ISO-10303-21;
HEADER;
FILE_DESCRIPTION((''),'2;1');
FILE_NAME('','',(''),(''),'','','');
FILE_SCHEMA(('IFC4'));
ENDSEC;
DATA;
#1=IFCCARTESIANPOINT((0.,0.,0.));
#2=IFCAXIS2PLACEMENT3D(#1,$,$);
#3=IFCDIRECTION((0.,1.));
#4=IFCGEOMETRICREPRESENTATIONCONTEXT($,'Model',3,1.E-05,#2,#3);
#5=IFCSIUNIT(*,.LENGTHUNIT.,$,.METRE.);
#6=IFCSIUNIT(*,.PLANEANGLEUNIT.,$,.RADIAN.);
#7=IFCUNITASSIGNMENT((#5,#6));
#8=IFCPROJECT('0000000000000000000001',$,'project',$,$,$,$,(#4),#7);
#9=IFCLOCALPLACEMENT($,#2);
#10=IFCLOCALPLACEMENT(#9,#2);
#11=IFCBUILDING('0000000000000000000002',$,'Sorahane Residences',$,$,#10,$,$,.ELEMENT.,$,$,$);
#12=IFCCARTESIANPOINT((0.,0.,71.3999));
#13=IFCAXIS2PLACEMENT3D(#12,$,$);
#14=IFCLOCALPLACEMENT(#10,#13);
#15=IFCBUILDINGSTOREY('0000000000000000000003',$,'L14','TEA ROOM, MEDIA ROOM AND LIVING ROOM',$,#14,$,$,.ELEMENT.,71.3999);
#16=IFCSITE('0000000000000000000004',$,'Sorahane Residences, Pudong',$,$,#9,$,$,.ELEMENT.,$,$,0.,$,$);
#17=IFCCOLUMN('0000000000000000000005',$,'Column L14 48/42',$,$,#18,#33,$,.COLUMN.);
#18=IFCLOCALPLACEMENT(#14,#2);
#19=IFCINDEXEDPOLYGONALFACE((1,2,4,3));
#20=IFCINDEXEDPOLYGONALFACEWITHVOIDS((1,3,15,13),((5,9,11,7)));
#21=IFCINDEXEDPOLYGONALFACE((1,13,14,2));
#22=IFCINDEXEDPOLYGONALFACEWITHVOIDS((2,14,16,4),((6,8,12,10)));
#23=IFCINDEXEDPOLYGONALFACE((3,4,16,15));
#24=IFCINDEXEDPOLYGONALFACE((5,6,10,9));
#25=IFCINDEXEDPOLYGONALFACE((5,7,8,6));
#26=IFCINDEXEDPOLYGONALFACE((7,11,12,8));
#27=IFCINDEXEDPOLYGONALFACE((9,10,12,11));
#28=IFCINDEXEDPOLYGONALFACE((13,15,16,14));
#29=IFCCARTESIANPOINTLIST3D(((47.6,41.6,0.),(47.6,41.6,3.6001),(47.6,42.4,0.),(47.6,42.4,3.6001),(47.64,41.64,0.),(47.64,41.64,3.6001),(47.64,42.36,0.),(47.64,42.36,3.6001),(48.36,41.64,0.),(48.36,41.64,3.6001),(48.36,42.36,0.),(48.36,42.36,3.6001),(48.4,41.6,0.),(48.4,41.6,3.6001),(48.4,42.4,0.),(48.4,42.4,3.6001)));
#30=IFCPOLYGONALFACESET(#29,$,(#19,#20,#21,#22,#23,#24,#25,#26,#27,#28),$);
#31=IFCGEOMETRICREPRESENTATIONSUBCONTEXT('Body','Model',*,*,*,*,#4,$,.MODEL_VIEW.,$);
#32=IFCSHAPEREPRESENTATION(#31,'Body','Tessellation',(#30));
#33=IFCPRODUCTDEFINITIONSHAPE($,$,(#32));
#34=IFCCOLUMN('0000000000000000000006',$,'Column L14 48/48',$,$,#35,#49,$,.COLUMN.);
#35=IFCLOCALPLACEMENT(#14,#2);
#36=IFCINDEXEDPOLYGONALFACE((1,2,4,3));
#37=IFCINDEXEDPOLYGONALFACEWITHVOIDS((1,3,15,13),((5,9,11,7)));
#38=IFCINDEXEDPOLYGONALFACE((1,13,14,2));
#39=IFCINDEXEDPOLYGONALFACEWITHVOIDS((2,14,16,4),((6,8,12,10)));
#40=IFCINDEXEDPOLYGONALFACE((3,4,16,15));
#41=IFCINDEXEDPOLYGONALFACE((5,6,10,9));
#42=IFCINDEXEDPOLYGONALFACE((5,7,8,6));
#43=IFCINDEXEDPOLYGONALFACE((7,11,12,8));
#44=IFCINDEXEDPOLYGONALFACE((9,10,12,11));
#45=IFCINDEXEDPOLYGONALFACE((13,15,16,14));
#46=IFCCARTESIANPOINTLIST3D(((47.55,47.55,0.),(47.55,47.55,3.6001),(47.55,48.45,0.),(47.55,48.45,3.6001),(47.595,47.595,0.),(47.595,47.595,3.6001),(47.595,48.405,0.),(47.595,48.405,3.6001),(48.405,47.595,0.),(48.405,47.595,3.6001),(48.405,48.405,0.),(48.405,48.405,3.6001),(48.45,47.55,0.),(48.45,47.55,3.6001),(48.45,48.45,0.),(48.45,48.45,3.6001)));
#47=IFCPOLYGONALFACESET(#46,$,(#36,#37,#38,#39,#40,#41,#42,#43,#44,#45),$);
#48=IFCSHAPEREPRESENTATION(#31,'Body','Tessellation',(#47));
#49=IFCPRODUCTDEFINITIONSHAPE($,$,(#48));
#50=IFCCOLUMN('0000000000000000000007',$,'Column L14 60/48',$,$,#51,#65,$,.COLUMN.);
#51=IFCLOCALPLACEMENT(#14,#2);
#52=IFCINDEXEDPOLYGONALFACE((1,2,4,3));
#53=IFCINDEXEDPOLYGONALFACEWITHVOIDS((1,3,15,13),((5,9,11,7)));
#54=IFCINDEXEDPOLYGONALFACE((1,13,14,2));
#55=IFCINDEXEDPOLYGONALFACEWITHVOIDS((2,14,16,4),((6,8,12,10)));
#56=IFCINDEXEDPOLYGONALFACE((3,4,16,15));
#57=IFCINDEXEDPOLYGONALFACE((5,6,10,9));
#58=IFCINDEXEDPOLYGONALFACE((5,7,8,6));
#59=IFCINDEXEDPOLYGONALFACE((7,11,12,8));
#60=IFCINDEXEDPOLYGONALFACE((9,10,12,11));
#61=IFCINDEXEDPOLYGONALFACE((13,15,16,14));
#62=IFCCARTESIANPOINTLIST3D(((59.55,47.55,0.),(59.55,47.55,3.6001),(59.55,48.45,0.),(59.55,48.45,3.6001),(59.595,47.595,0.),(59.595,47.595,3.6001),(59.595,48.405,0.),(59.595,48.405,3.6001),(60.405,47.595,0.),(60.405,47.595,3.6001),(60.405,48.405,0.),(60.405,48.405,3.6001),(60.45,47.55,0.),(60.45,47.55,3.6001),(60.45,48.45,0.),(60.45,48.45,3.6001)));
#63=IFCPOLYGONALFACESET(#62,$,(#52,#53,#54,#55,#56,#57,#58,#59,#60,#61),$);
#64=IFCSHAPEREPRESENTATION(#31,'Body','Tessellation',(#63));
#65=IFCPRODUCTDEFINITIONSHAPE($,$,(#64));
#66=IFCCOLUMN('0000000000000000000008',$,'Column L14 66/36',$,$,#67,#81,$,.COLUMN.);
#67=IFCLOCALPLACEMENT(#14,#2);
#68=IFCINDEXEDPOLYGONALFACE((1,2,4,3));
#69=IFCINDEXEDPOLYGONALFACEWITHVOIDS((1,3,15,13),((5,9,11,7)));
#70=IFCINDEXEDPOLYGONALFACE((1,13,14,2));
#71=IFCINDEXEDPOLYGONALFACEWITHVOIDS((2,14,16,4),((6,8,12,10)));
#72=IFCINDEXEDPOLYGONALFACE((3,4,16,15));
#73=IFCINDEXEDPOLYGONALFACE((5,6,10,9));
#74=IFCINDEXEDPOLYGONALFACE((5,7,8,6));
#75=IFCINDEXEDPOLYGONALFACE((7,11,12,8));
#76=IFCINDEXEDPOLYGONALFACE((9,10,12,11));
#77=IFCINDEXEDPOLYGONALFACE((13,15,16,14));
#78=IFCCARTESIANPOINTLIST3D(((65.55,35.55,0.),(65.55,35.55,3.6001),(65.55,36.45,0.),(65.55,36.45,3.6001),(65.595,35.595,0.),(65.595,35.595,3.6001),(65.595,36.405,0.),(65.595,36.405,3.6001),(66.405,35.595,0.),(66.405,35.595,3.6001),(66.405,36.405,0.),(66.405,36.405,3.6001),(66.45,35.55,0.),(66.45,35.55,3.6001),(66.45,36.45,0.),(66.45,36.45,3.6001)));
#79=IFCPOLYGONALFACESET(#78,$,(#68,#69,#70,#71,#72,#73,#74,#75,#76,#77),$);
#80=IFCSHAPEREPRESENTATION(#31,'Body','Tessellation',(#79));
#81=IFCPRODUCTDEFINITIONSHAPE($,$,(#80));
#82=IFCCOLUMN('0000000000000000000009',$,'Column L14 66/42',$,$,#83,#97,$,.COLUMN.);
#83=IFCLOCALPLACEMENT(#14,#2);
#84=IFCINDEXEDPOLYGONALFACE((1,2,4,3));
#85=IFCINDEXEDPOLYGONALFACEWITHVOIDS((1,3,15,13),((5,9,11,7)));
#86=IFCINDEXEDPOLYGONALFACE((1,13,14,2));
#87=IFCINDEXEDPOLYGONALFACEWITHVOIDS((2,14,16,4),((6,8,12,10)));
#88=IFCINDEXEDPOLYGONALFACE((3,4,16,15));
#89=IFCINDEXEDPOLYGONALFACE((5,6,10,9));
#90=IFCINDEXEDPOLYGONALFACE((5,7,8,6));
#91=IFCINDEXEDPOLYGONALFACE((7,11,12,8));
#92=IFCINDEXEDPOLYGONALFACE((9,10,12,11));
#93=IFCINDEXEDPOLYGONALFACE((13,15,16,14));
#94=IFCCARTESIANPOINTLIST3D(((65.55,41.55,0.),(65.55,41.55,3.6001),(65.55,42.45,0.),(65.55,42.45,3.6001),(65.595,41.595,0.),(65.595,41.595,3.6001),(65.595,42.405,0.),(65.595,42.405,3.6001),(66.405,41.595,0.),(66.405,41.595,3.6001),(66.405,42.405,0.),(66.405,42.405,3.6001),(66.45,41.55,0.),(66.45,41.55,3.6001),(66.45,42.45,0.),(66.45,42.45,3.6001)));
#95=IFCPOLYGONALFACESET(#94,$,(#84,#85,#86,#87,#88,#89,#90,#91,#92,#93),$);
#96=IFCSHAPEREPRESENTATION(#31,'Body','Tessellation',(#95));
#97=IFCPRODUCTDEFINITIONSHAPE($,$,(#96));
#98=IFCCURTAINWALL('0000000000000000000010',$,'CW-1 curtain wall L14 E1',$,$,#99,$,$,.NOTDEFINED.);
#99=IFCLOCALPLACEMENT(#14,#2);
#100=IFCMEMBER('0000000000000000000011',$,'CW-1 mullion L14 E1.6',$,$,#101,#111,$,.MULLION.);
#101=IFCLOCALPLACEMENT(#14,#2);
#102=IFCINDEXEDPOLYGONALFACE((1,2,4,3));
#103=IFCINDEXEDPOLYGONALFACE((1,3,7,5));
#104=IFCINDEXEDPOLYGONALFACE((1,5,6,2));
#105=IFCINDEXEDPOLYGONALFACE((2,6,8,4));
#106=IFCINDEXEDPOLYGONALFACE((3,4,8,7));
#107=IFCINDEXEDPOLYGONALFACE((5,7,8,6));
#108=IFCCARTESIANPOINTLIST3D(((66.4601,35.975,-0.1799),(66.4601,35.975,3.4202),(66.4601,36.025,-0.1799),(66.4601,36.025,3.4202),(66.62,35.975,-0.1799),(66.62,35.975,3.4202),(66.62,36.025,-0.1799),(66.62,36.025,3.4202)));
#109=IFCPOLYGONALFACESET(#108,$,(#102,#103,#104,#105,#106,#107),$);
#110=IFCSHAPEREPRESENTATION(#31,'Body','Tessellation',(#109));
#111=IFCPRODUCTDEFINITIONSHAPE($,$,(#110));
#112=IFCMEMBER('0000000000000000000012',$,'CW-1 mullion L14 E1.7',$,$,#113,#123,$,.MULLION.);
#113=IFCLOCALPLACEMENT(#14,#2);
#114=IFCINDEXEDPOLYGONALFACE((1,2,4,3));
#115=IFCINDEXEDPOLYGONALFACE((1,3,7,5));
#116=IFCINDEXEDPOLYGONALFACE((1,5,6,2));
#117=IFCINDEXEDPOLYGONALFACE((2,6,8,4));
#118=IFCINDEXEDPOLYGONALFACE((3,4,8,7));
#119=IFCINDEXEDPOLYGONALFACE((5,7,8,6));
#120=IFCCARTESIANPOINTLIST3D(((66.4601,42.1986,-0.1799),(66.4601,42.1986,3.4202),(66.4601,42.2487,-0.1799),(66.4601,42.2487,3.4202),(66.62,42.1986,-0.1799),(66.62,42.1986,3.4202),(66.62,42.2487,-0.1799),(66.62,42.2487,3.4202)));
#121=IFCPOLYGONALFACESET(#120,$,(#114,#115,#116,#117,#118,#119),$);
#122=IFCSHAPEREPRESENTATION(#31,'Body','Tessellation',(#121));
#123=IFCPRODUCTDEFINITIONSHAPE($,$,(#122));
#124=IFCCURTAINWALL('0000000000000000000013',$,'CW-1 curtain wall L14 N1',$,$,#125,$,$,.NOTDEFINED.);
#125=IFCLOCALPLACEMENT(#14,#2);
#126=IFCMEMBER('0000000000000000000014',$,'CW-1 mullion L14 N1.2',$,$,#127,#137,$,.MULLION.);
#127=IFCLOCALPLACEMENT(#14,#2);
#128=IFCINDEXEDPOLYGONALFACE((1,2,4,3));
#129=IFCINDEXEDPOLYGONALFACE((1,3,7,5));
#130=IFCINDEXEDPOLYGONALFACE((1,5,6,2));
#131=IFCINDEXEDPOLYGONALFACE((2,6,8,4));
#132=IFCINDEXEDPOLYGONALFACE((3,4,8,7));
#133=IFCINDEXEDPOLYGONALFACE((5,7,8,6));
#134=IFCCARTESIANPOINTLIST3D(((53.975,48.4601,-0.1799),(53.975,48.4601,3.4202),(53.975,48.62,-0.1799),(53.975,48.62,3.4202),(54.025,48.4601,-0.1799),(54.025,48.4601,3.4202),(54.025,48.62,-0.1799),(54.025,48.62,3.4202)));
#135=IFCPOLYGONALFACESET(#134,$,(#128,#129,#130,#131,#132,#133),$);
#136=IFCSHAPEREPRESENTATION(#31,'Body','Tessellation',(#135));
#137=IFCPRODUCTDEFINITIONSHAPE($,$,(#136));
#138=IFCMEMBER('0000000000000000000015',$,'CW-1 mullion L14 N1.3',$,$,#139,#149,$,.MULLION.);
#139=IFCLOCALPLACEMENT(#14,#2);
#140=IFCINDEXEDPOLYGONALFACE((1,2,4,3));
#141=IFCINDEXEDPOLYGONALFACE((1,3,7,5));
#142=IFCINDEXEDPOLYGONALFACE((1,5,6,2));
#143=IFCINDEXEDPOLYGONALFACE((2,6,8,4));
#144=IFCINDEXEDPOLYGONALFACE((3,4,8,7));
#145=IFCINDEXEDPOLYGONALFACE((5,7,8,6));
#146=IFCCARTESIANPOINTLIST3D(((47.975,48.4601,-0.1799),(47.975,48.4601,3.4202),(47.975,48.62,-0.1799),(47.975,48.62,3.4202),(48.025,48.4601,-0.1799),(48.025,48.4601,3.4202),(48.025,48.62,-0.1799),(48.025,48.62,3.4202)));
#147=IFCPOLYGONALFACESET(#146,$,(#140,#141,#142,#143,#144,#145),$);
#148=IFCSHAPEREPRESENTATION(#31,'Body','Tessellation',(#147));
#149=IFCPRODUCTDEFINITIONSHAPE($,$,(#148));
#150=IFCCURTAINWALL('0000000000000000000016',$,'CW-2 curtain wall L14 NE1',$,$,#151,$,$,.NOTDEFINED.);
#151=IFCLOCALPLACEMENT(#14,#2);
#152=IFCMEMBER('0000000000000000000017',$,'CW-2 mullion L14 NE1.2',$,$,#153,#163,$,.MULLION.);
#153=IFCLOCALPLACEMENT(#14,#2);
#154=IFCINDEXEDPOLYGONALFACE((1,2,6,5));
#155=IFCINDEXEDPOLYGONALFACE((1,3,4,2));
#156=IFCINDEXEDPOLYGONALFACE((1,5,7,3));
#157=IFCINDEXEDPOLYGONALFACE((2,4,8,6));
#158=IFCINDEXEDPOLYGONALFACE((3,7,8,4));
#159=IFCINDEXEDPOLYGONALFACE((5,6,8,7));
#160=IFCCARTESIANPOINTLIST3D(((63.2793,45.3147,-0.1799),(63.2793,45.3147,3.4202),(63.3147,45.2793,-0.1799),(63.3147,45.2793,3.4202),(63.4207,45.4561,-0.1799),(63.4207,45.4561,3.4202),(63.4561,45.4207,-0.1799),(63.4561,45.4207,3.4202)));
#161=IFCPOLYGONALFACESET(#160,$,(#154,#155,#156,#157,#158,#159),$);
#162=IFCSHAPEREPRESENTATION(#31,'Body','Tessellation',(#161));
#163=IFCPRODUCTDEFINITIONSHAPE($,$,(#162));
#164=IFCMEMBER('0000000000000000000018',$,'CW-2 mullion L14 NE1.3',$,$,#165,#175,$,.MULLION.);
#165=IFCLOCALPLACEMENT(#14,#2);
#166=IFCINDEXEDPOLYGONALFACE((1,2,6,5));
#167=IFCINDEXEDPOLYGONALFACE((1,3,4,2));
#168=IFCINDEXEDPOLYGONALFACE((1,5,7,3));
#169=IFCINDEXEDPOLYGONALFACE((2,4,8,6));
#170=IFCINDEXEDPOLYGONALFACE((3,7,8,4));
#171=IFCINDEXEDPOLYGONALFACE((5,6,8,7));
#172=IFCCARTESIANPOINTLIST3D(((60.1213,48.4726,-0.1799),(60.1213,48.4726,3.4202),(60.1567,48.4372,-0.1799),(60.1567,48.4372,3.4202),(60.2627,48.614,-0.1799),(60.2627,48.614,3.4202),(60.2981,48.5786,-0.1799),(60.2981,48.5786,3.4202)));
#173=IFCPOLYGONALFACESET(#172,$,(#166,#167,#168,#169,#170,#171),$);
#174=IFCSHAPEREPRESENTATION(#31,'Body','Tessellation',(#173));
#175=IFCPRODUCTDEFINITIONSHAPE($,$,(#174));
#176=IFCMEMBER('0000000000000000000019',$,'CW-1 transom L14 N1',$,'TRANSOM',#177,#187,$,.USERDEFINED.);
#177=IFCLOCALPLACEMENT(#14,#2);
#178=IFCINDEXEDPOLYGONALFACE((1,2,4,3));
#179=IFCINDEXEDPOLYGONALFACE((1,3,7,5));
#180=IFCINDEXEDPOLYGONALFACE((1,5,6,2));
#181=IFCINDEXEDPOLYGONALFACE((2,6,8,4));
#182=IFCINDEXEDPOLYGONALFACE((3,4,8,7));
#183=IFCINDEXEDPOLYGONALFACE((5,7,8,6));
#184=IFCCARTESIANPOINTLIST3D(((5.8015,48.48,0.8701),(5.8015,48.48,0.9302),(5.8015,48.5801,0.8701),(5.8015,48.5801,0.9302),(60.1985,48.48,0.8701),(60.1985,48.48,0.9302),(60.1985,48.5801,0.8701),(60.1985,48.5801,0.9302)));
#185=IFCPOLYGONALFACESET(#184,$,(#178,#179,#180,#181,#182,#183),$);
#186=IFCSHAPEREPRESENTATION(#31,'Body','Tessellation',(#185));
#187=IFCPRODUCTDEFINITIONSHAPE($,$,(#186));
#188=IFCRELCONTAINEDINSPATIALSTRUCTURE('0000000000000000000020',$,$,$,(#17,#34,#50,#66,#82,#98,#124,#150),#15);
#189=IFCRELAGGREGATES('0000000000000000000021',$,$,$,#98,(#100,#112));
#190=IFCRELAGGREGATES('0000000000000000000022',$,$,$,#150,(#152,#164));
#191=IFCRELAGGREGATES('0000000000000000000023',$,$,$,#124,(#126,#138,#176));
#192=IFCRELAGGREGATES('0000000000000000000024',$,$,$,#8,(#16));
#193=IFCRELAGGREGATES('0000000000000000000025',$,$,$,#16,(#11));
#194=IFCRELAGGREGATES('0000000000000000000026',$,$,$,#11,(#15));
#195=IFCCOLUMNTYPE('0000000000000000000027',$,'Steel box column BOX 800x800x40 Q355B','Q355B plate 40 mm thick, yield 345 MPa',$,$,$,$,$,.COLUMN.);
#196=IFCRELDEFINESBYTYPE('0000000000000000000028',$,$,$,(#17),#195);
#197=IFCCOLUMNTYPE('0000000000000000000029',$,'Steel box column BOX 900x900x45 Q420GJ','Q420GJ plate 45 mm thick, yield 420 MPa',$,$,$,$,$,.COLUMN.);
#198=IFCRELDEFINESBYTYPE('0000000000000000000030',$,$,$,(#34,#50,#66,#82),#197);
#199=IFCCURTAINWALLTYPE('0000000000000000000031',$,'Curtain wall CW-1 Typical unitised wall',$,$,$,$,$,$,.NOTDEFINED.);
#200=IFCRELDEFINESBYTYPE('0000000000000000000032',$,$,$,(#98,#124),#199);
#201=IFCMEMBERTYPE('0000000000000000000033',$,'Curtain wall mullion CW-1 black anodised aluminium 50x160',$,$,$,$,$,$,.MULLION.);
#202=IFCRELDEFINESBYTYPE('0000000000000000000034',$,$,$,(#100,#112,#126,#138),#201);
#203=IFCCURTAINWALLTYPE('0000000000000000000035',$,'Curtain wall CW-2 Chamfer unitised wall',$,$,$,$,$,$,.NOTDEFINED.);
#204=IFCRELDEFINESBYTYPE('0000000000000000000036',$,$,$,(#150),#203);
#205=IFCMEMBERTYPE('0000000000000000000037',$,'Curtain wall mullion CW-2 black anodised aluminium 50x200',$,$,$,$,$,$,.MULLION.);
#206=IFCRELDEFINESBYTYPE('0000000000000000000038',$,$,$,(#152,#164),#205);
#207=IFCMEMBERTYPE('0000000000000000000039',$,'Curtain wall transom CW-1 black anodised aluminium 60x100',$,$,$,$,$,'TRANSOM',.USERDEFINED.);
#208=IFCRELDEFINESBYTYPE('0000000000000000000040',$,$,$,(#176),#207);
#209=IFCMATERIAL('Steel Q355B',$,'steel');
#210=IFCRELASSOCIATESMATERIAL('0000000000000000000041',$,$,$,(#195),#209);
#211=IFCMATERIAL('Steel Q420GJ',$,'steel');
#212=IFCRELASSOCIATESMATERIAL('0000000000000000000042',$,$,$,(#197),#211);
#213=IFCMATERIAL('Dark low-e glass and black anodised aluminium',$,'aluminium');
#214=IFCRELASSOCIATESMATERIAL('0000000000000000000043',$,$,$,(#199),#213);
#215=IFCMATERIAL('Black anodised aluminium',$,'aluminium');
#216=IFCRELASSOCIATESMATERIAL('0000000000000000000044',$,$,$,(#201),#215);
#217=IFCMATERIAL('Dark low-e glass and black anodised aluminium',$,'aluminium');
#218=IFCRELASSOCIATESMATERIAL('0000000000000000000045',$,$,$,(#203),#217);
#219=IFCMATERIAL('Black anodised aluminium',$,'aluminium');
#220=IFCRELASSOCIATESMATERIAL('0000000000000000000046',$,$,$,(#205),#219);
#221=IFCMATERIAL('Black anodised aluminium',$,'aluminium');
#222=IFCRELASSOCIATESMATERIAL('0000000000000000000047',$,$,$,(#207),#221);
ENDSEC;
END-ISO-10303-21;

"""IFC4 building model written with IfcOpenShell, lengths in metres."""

from ifc_helpers import new_model, si_unit, direction, frame, origin, origin_2d, place, context, subcontext, project, spatial, rectangle, hollow_rectangle, extrude, material, material_profile, profile_set, type_object, element, aggregate, save


model = new_model("IFC4")

# Units and contexts
model_context = context("Model", 3, precision=1e-05, world=origin(), true_north=direction((0.0, 1.0)))
body_context = subcontext(model_context, "Body", "Model", "MODEL_VIEW")
ifc_project = project(units=[si_unit("LENGTHUNIT", "METRE"), si_unit("PLANEANGLEUNIT", "RADIAN")], contexts=[model_context])

# Site, building, storey
site_placement = place(None, origin())
site = spatial("IfcSite", under=ifc_project, at=site_placement, Name="Sorahane Residences, Pudong", CompositionType="ELEMENT", RefElevation=0.0)
building_placement = place(site_placement, origin())
building = spatial("IfcBuilding", under=site, at=building_placement, Name="Sorahane Residences", CompositionType="ELEMENT")
storey_placement = place(building_placement, frame((0.0, 0.0, 71.3999)))
storey = spatial("IfcBuildingStorey", under=building, at=storey_placement, Name="L14", Description="TEA ROOM, MEDIA ROOM AND LIVING ROOM", CompositionType="ELEMENT", Elevation=71.3999)

# Columns
ifc_material_1 = material(Name="Steel Q355B", Category="steel")
ifc_material_profile_1 = material_profile(ifc_material_1, hollow_rectangle(XDim=0.8, YDim=0.8, WallThickness=0.04, at=origin_2d()), Name="BOX 800x800x40")
ifc_profile_set_1 = profile_set([ifc_material_profile_1], Name="Steel Q355B")
column_type_1 = type_object("IfcColumnType", Name="Steel box column BOX 800x800x40 Q355B", Description="Q355B plate 40 mm thick, yield 345 MPa", PredefinedType="COLUMN", material=ifc_profile_set_1)
column_placement = place(storey_placement, frame((48.0, 42.0, 0.0), z_axis=(0.0, 0.0, 1.0), x_axis=(1.0, 0.0, 0.0)))
element("IfcColumn", 1, at=column_placement, inside=storey, type_object=column_type_1, Name="Column L14 48/42", PredefinedType="COLUMN", context=body_context, shape_type="SweptSolid", body=[
    extrude(hollow_rectangle(XDim=0.8, YDim=0.8, WallThickness=0.04, at=origin_2d()), origin(), (0.0, 0.0, 1.0), 3.6001),
])
ifc_material_2 = material(Name="Steel Q420GJ", Category="steel")
ifc_material_profile_2 = material_profile(ifc_material_2, hollow_rectangle(XDim=0.8999, YDim=0.8999, WallThickness=0.0449, at=origin_2d()), Name="BOX 900x900x45")
ifc_profile_set_2 = profile_set([ifc_material_profile_2], Name="Steel Q420GJ")
column_type_2 = type_object("IfcColumnType", Name="Steel box column BOX 900x900x45 Q420GJ", Description="Q420GJ plate 45 mm thick, yield 420 MPa", PredefinedType="COLUMN", material=ifc_profile_set_2)
for number, where, z_axis, x_axis, name in (
    (2, (48.0, 48.0, 0.0), (0.0, 0.0, 1.0), (1.0, 0.0, 0.0), "Column L14 48/48"),
    (3, (60.0, 48.0, 0.0), (0.0, 0.0, 1.0), (1.0, 0.0, 0.0), "Column L14 60/48"),
    (4, (66.0, 36.0, 0.0), (0.0, 0.0, 1.0), (1.0, 0.0, 0.0), "Column L14 66/36"),
    (5, (66.0, 42.0, 0.0), (0.0, 0.0, 1.0), (1.0, 0.0, 0.0), "Column L14 66/42"),
):
    element("IfcColumn", number, at=place(storey_placement, frame(where, z_axis=z_axis, x_axis=x_axis)), inside=storey, type_object=column_type_2, Name=name, PredefinedType="COLUMN", context=body_context, shape_type="SweptSolid", body=[
        extrude(hollow_rectangle(XDim=0.8999, YDim=0.8999, WallThickness=0.0449, at=origin_2d()), origin(), (0.0, 0.0, 1.0), 3.6001),
    ])

# Curtain walls, members
ifc_material_3 = material(Name="Dark low-e glass and black anodised aluminium", Category="aluminium")
curtain_wall_type_1 = type_object("IfcCurtainWallType", Name="Curtain wall CW-1 Typical unitised wall", PredefinedType="NOTDEFINED", material=ifc_material_3)
curtain_wall_1_placement = place(storey_placement, origin())
curtain_wall_1 = element("IfcCurtainWall", 6, at=curtain_wall_1_placement, inside=storey, type_object=curtain_wall_type_1, Name="CW-1 curtain wall L14 E1", PredefinedType="NOTDEFINED")
ifc_material_4 = material(Name="Black anodised aluminium", Category="aluminium")
ifc_material_profile_3 = material_profile(ifc_material_4, rectangle(XDim=0.1599, YDim=0.05, at=origin_2d()), Name="Curtain wall mullion CW-1 black anodised aluminium 50x160")
ifc_profile_set_3 = profile_set([ifc_material_profile_3], Name="Black anodised aluminium")
member_type_1 = type_object("IfcMemberType", Name="Curtain wall mullion CW-1 black anodised aluminium 50x160", PredefinedType="MULLION", material=ifc_profile_set_3)
member_1_placement = place(storey_placement, frame((66.54, 36.0, -0.1799), z_axis=(0.0, 0.0, 1.0), x_axis=(1.0, 0.0, 0.0)))
member_1 = element("IfcMember", 7, at=member_1_placement, type_object=member_type_1, Name="CW-1 mullion L14 E1.6", PredefinedType="MULLION", context=body_context, shape_type="SweptSolid", body=[
    extrude(rectangle(XDim=0.1599, YDim=0.05, at=origin_2d()), origin(), (0.0, 0.0, 1.0), 3.6001),
])
member_2_placement = place(storey_placement, frame((66.54, 42.2236, -0.1799), z_axis=(0.0, 0.0, 1.0), x_axis=(1.0, 0.0, 0.0)))
member_2 = element("IfcMember", 8, at=member_2_placement, type_object=member_type_1, Name="CW-1 mullion L14 E1.7", PredefinedType="MULLION", context=body_context, shape_type="SweptSolid", body=[
    extrude(rectangle(XDim=0.1599, YDim=0.05, at=origin_2d()), origin(), (0.0, 0.0, 1.0), 3.6001),
])
curtain_wall_2_placement = place(storey_placement, origin())
curtain_wall_2 = element("IfcCurtainWall", 9, at=curtain_wall_2_placement, inside=storey, type_object=curtain_wall_type_1, Name="CW-1 curtain wall L14 N1", PredefinedType="NOTDEFINED")
member_3_placement = place(storey_placement, frame((54.0, 48.54, -0.1799), z_axis=(0.0, 0.0, 1.0), x_axis=(0.0, 1.0, 0.0)))
member_3 = element("IfcMember", 10, at=member_3_placement, type_object=member_type_1, Name="CW-1 mullion L14 N1.2", PredefinedType="MULLION", context=body_context, shape_type="SweptSolid", body=[
    extrude(rectangle(XDim=0.1599, YDim=0.05, at=origin_2d()), origin(), (0.0, 0.0, 1.0), 3.6001),
])
member_4_placement = place(storey_placement, frame((48.0, 48.54, -0.1799), z_axis=(0.0, 0.0, 1.0), x_axis=(0.0, 1.0, 0.0)))
member_4 = element("IfcMember", 11, at=member_4_placement, type_object=member_type_1, Name="CW-1 mullion L14 N1.3", PredefinedType="MULLION", context=body_context, shape_type="SweptSolid", body=[
    extrude(rectangle(XDim=0.1599, YDim=0.05, at=origin_2d()), origin(), (0.0, 0.0, 1.0), 3.6001),
])
ifc_material_5 = material(Name="Dark low-e glass and black anodised aluminium", Category="aluminium")
curtain_wall_type_2 = type_object("IfcCurtainWallType", Name="Curtain wall CW-2 Chamfer unitised wall", PredefinedType="NOTDEFINED", material=ifc_material_5)
curtain_wall_3_placement = place(storey_placement, origin())
curtain_wall_3 = element("IfcCurtainWall", 12, at=curtain_wall_3_placement, inside=storey, type_object=curtain_wall_type_2, Name="CW-2 curtain wall L14 NE1", PredefinedType="NOTDEFINED")
ifc_material_6 = material(Name="Black anodised aluminium", Category="aluminium")
ifc_material_profile_4 = material_profile(ifc_material_6, rectangle(XDim=0.2, YDim=0.05, at=origin_2d()), Name="Curtain wall mullion CW-2 black anodised aluminium 50x200")
ifc_profile_set_4 = profile_set([ifc_material_profile_4], Name="Black anodised aluminium")
member_type_2 = type_object("IfcMemberType", Name="Curtain wall mullion CW-2 black anodised aluminium 50x200", PredefinedType="MULLION", material=ifc_profile_set_4)
member_5_placement = place(storey_placement, frame((63.3677, 45.3677, -0.1799), z_axis=(0.0, 0.0, 1.0), x_axis=(0.707107, 0.707107, 0.0)))
member_5 = element("IfcMember", 13, at=member_5_placement, type_object=member_type_2, Name="CW-2 mullion L14 NE1.2", PredefinedType="MULLION", context=body_context, shape_type="SweptSolid", body=[
    extrude(rectangle(XDim=0.2, YDim=0.05, at=origin_2d()), origin(), (0.0, 0.0, 1.0), 3.6001),
])
member_6_placement = place(storey_placement, frame((60.2097, 48.5256, -0.1799), z_axis=(0.0, 0.0, 1.0), x_axis=(0.707107, 0.707107, 0.0)))
member_6 = element("IfcMember", 14, at=member_6_placement, type_object=member_type_2, Name="CW-2 mullion L14 NE1.3", PredefinedType="MULLION", context=body_context, shape_type="SweptSolid", body=[
    extrude(rectangle(XDim=0.2, YDim=0.05, at=origin_2d()), origin(), (0.0, 0.0, 1.0), 3.6001),
])

# Member
ifc_material_7 = material(Name="Black anodised aluminium", Category="aluminium")
ifc_material_profile_5 = material_profile(ifc_material_7, rectangle(XDim=0.1001, YDim=0.0601, at=origin_2d()), Name="Curtain wall transom CW-1 black anodised aluminium 60x100")
ifc_profile_set_5 = profile_set([ifc_material_profile_5], Name="Black anodised aluminium")
member_type_3 = type_object("IfcMemberType", Name="Curtain wall transom CW-1 black anodised aluminium 60x100", ElementType="TRANSOM", PredefinedType="USERDEFINED", material=ifc_profile_set_5)
member_7_placement = place(storey_placement, frame((60.1985, 48.53, 0.9001), z_axis=(-1.0, 0.0, 0.0), x_axis=(0.0, -1.0, 0.0)))
member_7 = element("IfcMember", 15, at=member_7_placement, type_object=member_type_3, Name="CW-1 transom L14 N1", ObjectType="TRANSOM", PredefinedType="USERDEFINED", context=body_context, shape_type="SweptSolid", body=[
    extrude(rectangle(XDim=0.1001, YDim=0.0601, at=origin_2d()), origin(), (0.0, 0.0, 1.0), 54.397),
])

aggregate(curtain_wall_1, [member_1, member_2])
aggregate(curtain_wall_3, [member_5, member_6])
aggregate(curtain_wall_2, [member_3, member_4, member_7])

save(model, "model.ifc")
